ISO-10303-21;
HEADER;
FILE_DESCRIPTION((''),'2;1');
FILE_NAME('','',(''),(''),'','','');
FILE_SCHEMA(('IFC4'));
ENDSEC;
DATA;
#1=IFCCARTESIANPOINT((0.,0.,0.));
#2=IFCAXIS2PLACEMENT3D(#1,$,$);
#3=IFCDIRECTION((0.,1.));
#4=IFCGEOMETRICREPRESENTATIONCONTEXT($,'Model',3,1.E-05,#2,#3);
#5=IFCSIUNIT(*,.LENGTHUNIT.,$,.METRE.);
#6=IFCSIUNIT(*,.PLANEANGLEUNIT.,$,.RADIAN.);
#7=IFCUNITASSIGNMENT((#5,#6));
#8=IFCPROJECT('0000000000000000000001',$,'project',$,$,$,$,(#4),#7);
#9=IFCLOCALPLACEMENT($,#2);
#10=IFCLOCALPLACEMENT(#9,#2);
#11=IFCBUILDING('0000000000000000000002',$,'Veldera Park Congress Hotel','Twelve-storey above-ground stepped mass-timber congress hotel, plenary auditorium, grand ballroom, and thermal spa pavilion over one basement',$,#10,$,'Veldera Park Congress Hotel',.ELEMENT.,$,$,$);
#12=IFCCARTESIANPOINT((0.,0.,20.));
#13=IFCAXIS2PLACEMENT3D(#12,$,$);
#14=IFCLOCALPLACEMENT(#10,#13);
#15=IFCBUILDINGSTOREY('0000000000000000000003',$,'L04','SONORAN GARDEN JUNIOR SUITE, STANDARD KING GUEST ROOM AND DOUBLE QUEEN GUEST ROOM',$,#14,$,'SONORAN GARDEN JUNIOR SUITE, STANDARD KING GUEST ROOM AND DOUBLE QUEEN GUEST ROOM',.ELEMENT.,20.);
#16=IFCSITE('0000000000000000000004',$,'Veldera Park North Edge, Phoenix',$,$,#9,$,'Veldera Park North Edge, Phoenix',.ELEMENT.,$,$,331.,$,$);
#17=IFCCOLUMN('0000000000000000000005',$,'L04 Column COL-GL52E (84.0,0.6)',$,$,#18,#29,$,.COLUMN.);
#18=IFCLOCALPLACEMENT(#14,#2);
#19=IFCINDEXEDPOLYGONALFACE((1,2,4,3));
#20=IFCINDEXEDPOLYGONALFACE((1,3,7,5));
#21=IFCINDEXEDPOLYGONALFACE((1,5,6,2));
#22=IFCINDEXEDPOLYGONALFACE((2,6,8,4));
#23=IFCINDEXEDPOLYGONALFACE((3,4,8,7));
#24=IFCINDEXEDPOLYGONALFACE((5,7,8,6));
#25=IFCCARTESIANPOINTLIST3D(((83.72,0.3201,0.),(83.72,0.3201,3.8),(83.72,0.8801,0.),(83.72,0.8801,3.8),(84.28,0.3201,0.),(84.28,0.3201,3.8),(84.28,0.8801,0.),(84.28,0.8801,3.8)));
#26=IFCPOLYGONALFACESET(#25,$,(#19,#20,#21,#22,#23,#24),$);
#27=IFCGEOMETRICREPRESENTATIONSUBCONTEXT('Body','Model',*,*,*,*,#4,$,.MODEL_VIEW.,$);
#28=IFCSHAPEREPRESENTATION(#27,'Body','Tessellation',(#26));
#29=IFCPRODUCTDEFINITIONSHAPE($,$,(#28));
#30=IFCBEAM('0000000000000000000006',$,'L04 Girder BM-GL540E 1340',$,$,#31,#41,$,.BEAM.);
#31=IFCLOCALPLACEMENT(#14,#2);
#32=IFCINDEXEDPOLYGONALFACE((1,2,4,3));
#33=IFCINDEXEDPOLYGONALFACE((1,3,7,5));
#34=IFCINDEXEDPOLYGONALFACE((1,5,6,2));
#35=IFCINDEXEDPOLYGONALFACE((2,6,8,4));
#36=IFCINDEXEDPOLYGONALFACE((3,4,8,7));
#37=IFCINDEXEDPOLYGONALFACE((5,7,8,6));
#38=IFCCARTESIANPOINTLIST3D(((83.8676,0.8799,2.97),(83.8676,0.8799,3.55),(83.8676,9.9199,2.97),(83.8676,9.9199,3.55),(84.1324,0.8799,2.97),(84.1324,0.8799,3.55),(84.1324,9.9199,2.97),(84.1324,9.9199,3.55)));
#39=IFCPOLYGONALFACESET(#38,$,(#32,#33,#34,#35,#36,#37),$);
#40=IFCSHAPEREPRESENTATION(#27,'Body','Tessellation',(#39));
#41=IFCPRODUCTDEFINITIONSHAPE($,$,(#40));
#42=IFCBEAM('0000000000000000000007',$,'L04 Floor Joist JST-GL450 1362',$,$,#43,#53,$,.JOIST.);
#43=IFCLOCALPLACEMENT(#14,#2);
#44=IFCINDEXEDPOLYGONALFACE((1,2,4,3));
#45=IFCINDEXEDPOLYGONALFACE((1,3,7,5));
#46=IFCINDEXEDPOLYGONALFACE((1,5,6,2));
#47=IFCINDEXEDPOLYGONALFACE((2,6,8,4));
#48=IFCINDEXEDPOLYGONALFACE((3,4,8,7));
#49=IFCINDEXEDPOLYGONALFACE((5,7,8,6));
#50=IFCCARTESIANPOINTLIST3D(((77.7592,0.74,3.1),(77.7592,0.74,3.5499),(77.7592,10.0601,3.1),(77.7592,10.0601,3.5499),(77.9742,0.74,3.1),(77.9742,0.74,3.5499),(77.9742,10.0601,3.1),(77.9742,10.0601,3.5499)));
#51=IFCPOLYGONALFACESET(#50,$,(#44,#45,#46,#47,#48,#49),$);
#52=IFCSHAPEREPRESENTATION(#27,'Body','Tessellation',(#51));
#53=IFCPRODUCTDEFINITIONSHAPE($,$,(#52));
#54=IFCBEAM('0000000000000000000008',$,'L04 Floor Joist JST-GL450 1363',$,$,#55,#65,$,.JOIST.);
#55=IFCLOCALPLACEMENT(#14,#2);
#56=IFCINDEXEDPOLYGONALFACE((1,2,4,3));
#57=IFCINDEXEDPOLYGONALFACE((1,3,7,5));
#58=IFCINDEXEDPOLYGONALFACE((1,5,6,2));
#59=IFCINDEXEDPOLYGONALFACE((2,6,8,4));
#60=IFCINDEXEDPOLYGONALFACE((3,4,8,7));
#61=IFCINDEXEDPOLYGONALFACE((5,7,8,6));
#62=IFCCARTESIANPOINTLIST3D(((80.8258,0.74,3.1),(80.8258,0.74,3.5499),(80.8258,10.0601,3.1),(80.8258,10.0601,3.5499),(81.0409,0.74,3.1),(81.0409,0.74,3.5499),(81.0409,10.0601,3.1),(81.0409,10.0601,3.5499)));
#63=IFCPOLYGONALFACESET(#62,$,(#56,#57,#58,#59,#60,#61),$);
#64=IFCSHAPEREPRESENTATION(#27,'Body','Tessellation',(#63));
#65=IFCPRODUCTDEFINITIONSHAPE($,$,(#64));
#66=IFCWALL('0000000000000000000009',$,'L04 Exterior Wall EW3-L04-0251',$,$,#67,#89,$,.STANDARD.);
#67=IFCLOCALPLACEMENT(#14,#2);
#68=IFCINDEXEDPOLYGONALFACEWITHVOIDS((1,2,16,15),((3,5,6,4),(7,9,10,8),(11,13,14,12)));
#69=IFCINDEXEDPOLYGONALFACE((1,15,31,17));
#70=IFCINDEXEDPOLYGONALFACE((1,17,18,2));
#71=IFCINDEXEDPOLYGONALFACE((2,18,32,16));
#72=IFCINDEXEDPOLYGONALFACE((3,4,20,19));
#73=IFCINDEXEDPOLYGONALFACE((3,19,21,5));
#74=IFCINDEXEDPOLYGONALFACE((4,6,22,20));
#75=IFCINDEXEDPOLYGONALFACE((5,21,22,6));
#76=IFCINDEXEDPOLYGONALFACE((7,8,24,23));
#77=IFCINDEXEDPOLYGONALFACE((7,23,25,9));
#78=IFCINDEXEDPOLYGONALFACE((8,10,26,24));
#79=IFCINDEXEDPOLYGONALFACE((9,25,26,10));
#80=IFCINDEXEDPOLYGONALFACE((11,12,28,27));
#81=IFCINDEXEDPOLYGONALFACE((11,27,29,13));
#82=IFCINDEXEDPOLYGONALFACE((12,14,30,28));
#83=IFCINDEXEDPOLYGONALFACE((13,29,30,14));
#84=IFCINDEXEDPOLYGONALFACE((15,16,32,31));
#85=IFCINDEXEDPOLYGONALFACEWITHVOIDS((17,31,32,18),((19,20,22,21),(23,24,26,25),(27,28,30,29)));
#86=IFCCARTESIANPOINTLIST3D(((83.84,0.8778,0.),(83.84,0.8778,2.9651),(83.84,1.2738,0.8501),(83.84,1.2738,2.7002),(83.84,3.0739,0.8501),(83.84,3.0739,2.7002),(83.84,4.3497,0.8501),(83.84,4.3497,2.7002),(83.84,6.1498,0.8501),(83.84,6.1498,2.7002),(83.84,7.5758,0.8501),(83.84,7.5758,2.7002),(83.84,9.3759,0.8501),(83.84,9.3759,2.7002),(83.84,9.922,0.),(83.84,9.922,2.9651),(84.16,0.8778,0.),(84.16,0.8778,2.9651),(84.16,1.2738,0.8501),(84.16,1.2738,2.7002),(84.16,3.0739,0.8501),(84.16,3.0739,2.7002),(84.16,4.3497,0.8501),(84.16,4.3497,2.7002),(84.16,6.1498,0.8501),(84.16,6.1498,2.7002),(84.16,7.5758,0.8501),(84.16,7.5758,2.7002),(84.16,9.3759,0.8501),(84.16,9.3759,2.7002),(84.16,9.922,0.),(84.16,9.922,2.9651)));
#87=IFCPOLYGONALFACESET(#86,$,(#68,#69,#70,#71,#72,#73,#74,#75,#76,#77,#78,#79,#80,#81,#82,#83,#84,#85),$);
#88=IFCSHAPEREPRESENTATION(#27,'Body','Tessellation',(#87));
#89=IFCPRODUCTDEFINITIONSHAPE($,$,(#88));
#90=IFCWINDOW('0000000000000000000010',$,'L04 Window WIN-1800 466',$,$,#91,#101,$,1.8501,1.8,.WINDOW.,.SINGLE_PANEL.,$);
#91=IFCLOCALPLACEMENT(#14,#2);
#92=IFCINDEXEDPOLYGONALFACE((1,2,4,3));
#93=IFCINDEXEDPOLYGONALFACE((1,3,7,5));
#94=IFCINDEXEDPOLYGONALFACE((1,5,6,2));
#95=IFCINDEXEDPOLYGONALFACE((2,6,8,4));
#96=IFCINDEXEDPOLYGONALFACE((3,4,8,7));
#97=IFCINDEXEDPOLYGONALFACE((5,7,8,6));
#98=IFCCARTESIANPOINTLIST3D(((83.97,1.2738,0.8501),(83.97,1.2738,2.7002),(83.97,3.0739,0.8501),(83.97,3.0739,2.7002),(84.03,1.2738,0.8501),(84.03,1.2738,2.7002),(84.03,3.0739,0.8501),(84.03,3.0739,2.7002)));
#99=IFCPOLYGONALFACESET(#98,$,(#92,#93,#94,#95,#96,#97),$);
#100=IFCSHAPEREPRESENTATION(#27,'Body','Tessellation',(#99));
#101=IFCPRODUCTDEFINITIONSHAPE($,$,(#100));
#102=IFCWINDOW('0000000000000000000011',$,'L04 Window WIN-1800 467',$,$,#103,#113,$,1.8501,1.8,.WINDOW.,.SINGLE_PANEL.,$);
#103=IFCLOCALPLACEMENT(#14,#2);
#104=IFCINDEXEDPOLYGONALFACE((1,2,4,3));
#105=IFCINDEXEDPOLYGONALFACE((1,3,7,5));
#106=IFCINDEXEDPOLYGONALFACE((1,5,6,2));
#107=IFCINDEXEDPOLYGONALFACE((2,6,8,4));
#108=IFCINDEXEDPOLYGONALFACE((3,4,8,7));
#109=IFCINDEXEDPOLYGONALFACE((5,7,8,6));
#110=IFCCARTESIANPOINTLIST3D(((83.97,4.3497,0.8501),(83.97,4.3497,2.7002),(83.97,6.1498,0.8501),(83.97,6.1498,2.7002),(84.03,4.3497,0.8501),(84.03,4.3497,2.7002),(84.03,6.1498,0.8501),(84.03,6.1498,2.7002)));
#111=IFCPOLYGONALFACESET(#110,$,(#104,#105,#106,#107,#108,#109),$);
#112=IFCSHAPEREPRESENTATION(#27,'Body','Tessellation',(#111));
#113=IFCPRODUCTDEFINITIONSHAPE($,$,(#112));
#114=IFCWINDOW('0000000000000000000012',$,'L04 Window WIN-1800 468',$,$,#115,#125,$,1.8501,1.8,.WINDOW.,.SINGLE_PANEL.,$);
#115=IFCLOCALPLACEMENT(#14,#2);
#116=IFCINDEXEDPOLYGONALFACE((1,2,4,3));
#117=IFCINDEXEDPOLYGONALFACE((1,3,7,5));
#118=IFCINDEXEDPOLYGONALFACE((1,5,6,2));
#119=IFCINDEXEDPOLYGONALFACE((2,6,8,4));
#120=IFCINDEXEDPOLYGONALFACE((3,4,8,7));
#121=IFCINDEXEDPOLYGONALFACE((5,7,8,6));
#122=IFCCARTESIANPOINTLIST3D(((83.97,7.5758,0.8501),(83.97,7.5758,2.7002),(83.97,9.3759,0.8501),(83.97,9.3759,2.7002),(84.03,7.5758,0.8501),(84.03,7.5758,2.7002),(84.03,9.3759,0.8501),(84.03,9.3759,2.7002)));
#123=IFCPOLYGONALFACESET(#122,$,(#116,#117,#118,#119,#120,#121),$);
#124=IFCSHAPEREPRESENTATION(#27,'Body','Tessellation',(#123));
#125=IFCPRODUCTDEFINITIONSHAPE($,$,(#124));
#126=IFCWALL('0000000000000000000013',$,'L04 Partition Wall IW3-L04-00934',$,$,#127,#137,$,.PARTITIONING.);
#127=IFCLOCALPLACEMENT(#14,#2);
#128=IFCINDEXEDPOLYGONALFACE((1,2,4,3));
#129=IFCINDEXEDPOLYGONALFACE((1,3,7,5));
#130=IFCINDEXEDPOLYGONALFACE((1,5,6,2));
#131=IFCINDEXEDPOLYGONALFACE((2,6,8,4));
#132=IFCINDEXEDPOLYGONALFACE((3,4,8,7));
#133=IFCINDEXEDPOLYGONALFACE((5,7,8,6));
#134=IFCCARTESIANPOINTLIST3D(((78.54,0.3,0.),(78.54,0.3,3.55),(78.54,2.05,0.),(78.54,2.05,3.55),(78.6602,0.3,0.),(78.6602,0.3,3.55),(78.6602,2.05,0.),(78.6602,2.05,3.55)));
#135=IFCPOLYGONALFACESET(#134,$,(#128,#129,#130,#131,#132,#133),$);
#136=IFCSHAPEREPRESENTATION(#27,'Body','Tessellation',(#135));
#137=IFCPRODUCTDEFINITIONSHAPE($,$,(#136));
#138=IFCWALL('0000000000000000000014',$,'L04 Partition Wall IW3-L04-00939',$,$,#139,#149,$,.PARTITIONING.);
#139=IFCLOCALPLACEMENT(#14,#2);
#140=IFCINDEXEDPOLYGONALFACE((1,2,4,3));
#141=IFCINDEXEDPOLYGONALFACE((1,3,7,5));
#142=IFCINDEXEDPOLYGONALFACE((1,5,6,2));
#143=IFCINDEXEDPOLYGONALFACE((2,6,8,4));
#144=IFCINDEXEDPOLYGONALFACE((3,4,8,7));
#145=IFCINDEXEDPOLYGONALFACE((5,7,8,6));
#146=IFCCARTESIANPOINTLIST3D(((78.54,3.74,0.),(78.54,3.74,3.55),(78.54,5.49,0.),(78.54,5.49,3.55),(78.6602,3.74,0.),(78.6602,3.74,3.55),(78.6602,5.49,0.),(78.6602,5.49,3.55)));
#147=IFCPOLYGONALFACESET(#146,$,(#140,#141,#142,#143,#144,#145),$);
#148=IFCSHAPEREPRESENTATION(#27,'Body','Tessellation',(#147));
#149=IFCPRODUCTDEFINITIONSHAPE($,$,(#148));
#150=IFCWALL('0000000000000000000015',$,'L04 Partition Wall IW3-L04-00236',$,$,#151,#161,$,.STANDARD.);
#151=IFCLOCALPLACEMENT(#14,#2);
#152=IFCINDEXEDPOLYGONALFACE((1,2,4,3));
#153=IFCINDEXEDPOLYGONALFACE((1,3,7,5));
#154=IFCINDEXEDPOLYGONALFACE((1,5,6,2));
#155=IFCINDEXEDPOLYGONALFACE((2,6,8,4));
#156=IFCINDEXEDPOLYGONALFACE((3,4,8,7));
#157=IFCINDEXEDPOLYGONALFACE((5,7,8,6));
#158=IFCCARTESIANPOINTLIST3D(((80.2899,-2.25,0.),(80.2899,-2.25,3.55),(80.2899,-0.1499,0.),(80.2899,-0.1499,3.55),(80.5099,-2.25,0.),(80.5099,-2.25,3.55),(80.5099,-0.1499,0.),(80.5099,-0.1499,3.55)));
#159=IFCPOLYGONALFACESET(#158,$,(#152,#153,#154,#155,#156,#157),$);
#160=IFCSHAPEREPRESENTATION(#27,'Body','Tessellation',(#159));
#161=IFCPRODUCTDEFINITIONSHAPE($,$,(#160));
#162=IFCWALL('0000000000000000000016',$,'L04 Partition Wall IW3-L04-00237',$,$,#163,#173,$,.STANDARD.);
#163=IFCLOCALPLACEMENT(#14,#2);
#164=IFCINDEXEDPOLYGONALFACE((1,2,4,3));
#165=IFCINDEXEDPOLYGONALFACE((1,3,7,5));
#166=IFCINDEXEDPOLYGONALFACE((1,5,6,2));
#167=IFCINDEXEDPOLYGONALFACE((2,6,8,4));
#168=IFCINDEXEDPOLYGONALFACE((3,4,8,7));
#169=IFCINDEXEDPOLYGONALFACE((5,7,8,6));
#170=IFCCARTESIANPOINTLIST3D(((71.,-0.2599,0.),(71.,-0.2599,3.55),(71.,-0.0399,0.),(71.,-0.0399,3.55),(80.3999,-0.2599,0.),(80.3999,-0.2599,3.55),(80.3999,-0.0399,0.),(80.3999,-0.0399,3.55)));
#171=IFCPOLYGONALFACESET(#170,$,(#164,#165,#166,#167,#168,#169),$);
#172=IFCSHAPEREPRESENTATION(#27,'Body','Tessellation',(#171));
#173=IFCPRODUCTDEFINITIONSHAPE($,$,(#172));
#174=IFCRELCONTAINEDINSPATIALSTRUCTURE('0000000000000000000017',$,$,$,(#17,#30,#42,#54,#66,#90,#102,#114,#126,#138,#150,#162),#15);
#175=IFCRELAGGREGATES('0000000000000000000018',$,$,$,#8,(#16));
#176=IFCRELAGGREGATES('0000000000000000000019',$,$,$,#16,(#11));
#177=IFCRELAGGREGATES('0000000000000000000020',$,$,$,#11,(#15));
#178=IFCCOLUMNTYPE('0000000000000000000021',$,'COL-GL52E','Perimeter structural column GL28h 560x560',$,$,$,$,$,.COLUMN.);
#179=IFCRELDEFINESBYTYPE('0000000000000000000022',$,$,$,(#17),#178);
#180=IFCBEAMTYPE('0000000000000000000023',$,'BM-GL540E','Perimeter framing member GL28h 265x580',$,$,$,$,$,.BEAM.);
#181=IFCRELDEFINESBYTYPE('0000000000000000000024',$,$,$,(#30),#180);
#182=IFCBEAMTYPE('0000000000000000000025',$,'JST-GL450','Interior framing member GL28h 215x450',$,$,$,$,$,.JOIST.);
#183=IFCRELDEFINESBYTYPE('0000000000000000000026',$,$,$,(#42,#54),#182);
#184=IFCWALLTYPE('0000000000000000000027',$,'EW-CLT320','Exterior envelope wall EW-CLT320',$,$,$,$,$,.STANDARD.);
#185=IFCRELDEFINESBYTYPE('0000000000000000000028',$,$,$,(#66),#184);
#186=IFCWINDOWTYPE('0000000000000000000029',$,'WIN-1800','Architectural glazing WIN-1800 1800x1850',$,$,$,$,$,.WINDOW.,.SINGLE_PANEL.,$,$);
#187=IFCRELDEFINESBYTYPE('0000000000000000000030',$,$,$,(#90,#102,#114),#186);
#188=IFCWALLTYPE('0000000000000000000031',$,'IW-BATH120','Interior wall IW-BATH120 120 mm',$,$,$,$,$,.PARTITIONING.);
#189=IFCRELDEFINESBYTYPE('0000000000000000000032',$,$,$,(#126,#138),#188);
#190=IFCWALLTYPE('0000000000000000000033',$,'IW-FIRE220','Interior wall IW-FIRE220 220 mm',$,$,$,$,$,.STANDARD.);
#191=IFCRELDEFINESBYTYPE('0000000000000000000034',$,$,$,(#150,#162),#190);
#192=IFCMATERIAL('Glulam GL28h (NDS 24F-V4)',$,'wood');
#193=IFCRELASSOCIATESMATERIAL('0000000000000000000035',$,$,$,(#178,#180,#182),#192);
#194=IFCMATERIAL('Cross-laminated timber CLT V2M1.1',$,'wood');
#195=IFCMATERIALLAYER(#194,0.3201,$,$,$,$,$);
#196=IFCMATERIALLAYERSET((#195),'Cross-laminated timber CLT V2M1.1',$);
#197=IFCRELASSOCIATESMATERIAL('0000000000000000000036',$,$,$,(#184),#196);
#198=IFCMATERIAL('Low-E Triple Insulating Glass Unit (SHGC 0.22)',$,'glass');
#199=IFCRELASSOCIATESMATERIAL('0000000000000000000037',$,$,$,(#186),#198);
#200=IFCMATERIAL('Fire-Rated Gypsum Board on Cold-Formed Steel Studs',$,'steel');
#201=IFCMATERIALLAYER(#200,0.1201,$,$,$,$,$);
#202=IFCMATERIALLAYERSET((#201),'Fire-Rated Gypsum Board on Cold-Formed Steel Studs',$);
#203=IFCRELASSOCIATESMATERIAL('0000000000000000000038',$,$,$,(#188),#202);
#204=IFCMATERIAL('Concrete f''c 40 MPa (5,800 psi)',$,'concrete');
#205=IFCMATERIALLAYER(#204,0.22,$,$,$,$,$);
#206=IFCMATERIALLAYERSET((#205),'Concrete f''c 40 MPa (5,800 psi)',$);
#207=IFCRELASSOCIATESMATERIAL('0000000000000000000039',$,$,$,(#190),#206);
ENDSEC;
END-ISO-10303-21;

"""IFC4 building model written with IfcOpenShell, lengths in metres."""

from ifc_helpers import new_model, si_unit, direction, frame, frame_2d, origin, origin_2d, place, context, subcontext, project, spatial, rectangle, extrude, material, layer, layer_set, material_profile, profile_set, type_object, element, fill, save


model = new_model("IFC4")

# Units and contexts
model_context = context("Model", 3, precision=1e-05, world=origin(), true_north=direction((0.0, 1.0)))
body_context = subcontext(model_context, "Body", "Model", "MODEL_VIEW")
ifc_project = project(units=[si_unit("LENGTHUNIT", "METRE"), si_unit("PLANEANGLEUNIT", "RADIAN")], contexts=[model_context])

# Site, building, storey
site_placement = place(None, origin())
site = spatial("IfcSite", under=ifc_project, at=site_placement, Name="Veldera Park North Edge, Phoenix", LongName="Veldera Park North Edge, Phoenix", CompositionType="ELEMENT", RefElevation=331.0)
building_placement = place(site_placement, origin())
building = spatial("IfcBuilding", under=site, at=building_placement, Name="Veldera Park Congress Hotel", Description="Twelve-storey above-ground stepped mass-timber congress hotel, plenary auditorium, grand ballroom, and thermal spa pavilion over one basement", LongName="Veldera Park Congress Hotel", CompositionType="ELEMENT")
storey_placement = place(building_placement, frame((0.0, 0.0, 20.0)))
storey = spatial("IfcBuildingStorey", under=building, at=storey_placement, Name="L04", Description="SONORAN GARDEN JUNIOR SUITE, STANDARD KING GUEST ROOM AND DOUBLE QUEEN GUEST ROOM", LongName="SONORAN GARDEN JUNIOR SUITE, STANDARD KING GUEST ROOM AND DOUBLE QUEEN GUEST ROOM", CompositionType="ELEMENT", Elevation=20.0)

# Column
ifc_material_1 = material(Name="Glulam GL28h (NDS 24F-V4)", Category="wood")
ifc_material_profile_1 = material_profile(ifc_material_1, rectangle(XDim=0.5601, YDim=0.5601, at=origin_2d()), Name="GL28h 560x560")
ifc_profile_set_1 = profile_set([ifc_material_profile_1], Name="Glulam GL28h (NDS 24F-V4)")
column_type = type_object("IfcColumnType", Name="COL-GL52E", Description="Perimeter structural column GL28h 560x560", PredefinedType="COLUMN", material=ifc_profile_set_1)
column_placement = place(storey_placement, frame((84.0, 0.6001, 0.0), z_axis=(0.0, 0.0, 1.0), x_axis=(1.0, 0.0, 0.0)))
element("IfcColumn", 1, at=column_placement, inside=storey, type_object=column_type, Name="L04 Column COL-GL52E (84.0,0.6)", PredefinedType="COLUMN", context=body_context, shape_type="SweptSolid", body=[
    extrude(rectangle(XDim=0.5601, YDim=0.5601, at=origin_2d()), origin(), (0.0, 0.0, 1.0), 3.8),
])

# Beams
ifc_material_profile_2 = material_profile(ifc_material_1, rectangle(XDim=0.2649, YDim=0.5801, at=origin_2d()), Name="GL28h 265x580")
ifc_profile_set_2 = profile_set([ifc_material_profile_2], Name="Glulam GL28h (NDS 24F-V4)")
beam_type_1 = type_object("IfcBeamType", Name="BM-GL540E", Description="Perimeter framing member GL28h 265x580", PredefinedType="BEAM", material=ifc_profile_set_2)
beam_placement = place(storey_placement, frame((84.0, 0.8799, 3.26), z_axis=(0.0, 1.0, 0.0), x_axis=(-1.0, 0.0, 0.0)))
element("IfcBeam", 2, at=beam_placement, inside=storey, type_object=beam_type_1, Name="L04 Girder BM-GL540E 1340", PredefinedType="BEAM", context=body_context, shape_type="SweptSolid", body=[
    extrude(rectangle(XDim=0.2649, YDim=0.5801, at=origin_2d()), origin(), (0.0, 0.0, 1.0), 9.04),
])
ifc_material_profile_3 = material_profile(ifc_material_1, rectangle(XDim=0.2151, YDim=0.45, at=origin_2d()), Name="GL28h 215x450")
ifc_profile_set_3 = profile_set([ifc_material_profile_3], Name="Glulam GL28h (NDS 24F-V4)")
beam_type_2 = type_object("IfcBeamType", Name="JST-GL450", Description="Interior framing member GL28h 215x450", PredefinedType="JOIST", material=ifc_profile_set_3)
for number, where, z_axis, x_axis, name in (
    (3, (77.8667, 0.74, 3.325), (0.0, 1.0, 0.0), (-1.0, 0.0, 0.0), "L04 Floor Joist JST-GL450 1362"),
    (4, (80.9333, 0.74, 3.325), (0.0, 1.0, 0.0), (-1.0, 0.0, 0.0), "L04 Floor Joist JST-GL450 1363"),
):
    element("IfcBeam", number, at=place(storey_placement, frame(where, z_axis=z_axis, x_axis=x_axis)), inside=storey, type_object=beam_type_2, Name=name, PredefinedType="JOIST", context=body_context, shape_type="SweptSolid", body=[
        extrude(rectangle(XDim=0.2151, YDim=0.45, at=origin_2d()), origin(), (0.0, 0.0, 1.0), 9.3201),
    ])

# Wall, openings, windows
ifc_material_2 = material(Name="Cross-laminated timber CLT V2M1.1", Category="wood")
ifc_layer_1 = layer(ifc_material_2, 0.3201)
ifc_layer_set_1 = layer_set([ifc_layer_1], Name="Cross-laminated timber CLT V2M1.1")
wall_type_1 = type_object("IfcWallType", Name="EW-CLT320", Description="Exterior envelope wall EW-CLT320", PredefinedType="STANDARD", material=ifc_layer_set_1)
wall_1_placement = place(storey_placement, frame((84.0, 0.8779, 0.0), z_axis=(0.0, 0.0, 1.0), x_axis=(0.0, 1.0, 0.0)))
wall_1 = element("IfcWall", 5, at=wall_1_placement, inside=storey, type_object=wall_type_1, Name="L04 Exterior Wall EW3-L04-0251", PredefinedType="STANDARD", context=body_context, shape_type="SweptSolid", body=[
    extrude(rectangle(XDim=9.0442, YDim=0.3201, at=frame_2d((4.522, 0.0))), origin(), (0.0, 0.0, 1.0), 2.9651),
])
opening_1_placement = place(wall_1_placement, frame((0.396, 0.0, 0.8501)))
opening_1 = element("IfcOpeningElement", 6, at=opening_1_placement, cuts=wall_1, PredefinedType="OPENING", context=body_context, shape_type="SweptSolid", body=[
    extrude(rectangle(XDim=1.8, YDim=1.8501, at=frame_2d((0.8999, 0.925))), frame((0.0, 0.1721, 0.0), z_axis=(0.0, -1.0, 0.0), x_axis=(1.0, 0.0, 0.0)), (0.0, 0.0, 1.0), 0.344),
])
opening_2_placement = place(wall_1_placement, frame((3.4719, 0.0, 0.8501)))
opening_2 = element("IfcOpeningElement", 7, at=opening_2_placement, cuts=wall_1, PredefinedType="OPENING", context=body_context, shape_type="SweptSolid", body=[
    extrude(rectangle(XDim=1.8, YDim=1.8501, at=frame_2d((0.8999, 0.925))), frame((0.0, 0.1721, 0.0), z_axis=(0.0, -1.0, 0.0), x_axis=(1.0, 0.0, 0.0)), (0.0, 0.0, 1.0), 0.344),
])
opening_3_placement = place(wall_1_placement, frame((6.698, 0.0, 0.8501)))
opening_3 = element("IfcOpeningElement", 8, at=opening_3_placement, cuts=wall_1, PredefinedType="OPENING", context=body_context, shape_type="SweptSolid", body=[
    extrude(rectangle(XDim=1.8, YDim=1.8501, at=frame_2d((0.8999, 0.925))), frame((0.0, 0.1721, 0.0), z_axis=(0.0, -1.0, 0.0), x_axis=(1.0, 0.0, 0.0)), (0.0, 0.0, 1.0), 0.344),
])
ifc_material_3 = material(Name="Low-E Triple Insulating Glass Unit (SHGC 0.22)", Category="glass")
window_type = type_object("IfcWindowType", Name="WIN-1800", Description="Architectural glazing WIN-1800 1800x1850", PartitioningType="SINGLE_PANEL", PredefinedType="WINDOW", material=ifc_material_3)
window_1_placement = place(opening_1_placement, origin())
window_1 = element("IfcWindow", 9, at=window_1_placement, inside=storey, type_object=window_type, Name="L04 Window WIN-1800 466", OverallHeight=1.8501, OverallWidth=1.8, PartitioningType="SINGLE_PANEL", PredefinedType="WINDOW", context=body_context, shape_type="SweptSolid", body=[
    extrude(rectangle(XDim=1.8, YDim=1.8501, at=frame_2d((0.8999, 0.925))), frame((0.0, 0.03, 0.0), z_axis=(0.0, -1.0, 0.0), x_axis=(1.0, 0.0, 0.0)), (0.0, 0.0, 1.0), 0.0601),
])
fill(opening_1, window_1)
window_2_placement = place(opening_2_placement, origin())
window_2 = element("IfcWindow", 10, at=window_2_placement, inside=storey, type_object=window_type, Name="L04 Window WIN-1800 467", OverallHeight=1.8501, OverallWidth=1.8, PartitioningType="SINGLE_PANEL", PredefinedType="WINDOW", context=body_context, shape_type="SweptSolid", body=[
    extrude(rectangle(XDim=1.8, YDim=1.8501, at=frame_2d((0.8999, 0.925))), frame((0.0, 0.03, 0.0), z_axis=(0.0, -1.0, 0.0), x_axis=(1.0, 0.0, 0.0)), (0.0, 0.0, 1.0), 0.0601),
])
fill(opening_2, window_2)
window_3_placement = place(opening_3_placement, origin())
window_3 = element("IfcWindow", 11, at=window_3_placement, inside=storey, type_object=window_type, Name="L04 Window WIN-1800 468", OverallHeight=1.8501, OverallWidth=1.8, PartitioningType="SINGLE_PANEL", PredefinedType="WINDOW", context=body_context, shape_type="SweptSolid", body=[
    extrude(rectangle(XDim=1.8, YDim=1.8501, at=frame_2d((0.8999, 0.925))), frame((0.0, 0.03, 0.0), z_axis=(0.0, -1.0, 0.0), x_axis=(1.0, 0.0, 0.0)), (0.0, 0.0, 1.0), 0.0601),
])
fill(opening_3, window_3)

# Walls
ifc_material_4 = material(Name="Fire-Rated Gypsum Board on Cold-Formed Steel Studs", Category="steel")
ifc_layer_2 = layer(ifc_material_4, 0.1201)
ifc_layer_set_2 = layer_set([ifc_layer_2], Name="Fire-Rated Gypsum Board on Cold-Formed Steel Studs")
wall_type_2 = type_object("IfcWallType", Name="IW-BATH120", Description="Interior wall IW-BATH120 120 mm", PredefinedType="PARTITIONING", material=ifc_layer_set_2)
for number, where, z_axis, x_axis, name in (
    (12, (78.6001, 0.3, 0.0), (0.0, 0.0, 1.0), (0.0, 1.0, 0.0), "L04 Partition Wall IW3-L04-00934"),
    (13, (78.6001, 3.74, 0.0), (0.0, 0.0, 1.0), (0.0, 1.0, 0.0), "L04 Partition Wall IW3-L04-00939"),
):
    element("IfcWall", number, at=place(storey_placement, frame(where, z_axis=z_axis, x_axis=x_axis)), inside=storey, type_object=wall_type_2, Name=name, PredefinedType="PARTITIONING", context=body_context, shape_type="SweptSolid", body=[
        extrude(rectangle(XDim=1.75, YDim=0.1201, at=frame_2d((0.875, 0.0))), origin(), (0.0, 0.0, 1.0), 3.55),
    ])
ifc_material_5 = material(Name="Concrete f'c 40 MPa (5,800 psi)", Category="concrete")
ifc_layer_3 = layer(ifc_material_5, 0.22)
ifc_layer_set_3 = layer_set([ifc_layer_3], Name="Concrete f'c 40 MPa (5,800 psi)")
wall_type_3 = type_object("IfcWallType", Name="IW-FIRE220", Description="Interior wall IW-FIRE220 220 mm", PredefinedType="STANDARD", material=ifc_layer_set_3)
wall_2_placement = place(storey_placement, frame((80.3999, -2.25, 0.0), z_axis=(0.0, 0.0, 1.0), x_axis=(0.0, 1.0, 0.0)))
element("IfcWall", 14, at=wall_2_placement, inside=storey, type_object=wall_type_3, Name="L04 Partition Wall IW3-L04-00236", PredefinedType="STANDARD", context=body_context, shape_type="SweptSolid", body=[
    extrude(rectangle(XDim=2.1001, YDim=0.22, at=frame_2d((1.05, 0.0))), origin(), (0.0, 0.0, 1.0), 3.55),
])
wall_3_placement = place(storey_placement, frame((80.3999, -0.1499, 0.0), z_axis=(0.0, 0.0, 1.0), x_axis=(-1.0, 0.0, 0.0)))
element("IfcWall", 15, at=wall_3_placement, inside=storey, type_object=wall_type_3, Name="L04 Partition Wall IW3-L04-00237", PredefinedType="STANDARD", context=body_context, shape_type="SweptSolid", body=[
    extrude(rectangle(XDim=9.3999, YDim=0.22, at=frame_2d((4.7, 0.0))), origin(), (0.0, 0.0, 1.0), 3.55),
])

save(model, "model.ifc")
